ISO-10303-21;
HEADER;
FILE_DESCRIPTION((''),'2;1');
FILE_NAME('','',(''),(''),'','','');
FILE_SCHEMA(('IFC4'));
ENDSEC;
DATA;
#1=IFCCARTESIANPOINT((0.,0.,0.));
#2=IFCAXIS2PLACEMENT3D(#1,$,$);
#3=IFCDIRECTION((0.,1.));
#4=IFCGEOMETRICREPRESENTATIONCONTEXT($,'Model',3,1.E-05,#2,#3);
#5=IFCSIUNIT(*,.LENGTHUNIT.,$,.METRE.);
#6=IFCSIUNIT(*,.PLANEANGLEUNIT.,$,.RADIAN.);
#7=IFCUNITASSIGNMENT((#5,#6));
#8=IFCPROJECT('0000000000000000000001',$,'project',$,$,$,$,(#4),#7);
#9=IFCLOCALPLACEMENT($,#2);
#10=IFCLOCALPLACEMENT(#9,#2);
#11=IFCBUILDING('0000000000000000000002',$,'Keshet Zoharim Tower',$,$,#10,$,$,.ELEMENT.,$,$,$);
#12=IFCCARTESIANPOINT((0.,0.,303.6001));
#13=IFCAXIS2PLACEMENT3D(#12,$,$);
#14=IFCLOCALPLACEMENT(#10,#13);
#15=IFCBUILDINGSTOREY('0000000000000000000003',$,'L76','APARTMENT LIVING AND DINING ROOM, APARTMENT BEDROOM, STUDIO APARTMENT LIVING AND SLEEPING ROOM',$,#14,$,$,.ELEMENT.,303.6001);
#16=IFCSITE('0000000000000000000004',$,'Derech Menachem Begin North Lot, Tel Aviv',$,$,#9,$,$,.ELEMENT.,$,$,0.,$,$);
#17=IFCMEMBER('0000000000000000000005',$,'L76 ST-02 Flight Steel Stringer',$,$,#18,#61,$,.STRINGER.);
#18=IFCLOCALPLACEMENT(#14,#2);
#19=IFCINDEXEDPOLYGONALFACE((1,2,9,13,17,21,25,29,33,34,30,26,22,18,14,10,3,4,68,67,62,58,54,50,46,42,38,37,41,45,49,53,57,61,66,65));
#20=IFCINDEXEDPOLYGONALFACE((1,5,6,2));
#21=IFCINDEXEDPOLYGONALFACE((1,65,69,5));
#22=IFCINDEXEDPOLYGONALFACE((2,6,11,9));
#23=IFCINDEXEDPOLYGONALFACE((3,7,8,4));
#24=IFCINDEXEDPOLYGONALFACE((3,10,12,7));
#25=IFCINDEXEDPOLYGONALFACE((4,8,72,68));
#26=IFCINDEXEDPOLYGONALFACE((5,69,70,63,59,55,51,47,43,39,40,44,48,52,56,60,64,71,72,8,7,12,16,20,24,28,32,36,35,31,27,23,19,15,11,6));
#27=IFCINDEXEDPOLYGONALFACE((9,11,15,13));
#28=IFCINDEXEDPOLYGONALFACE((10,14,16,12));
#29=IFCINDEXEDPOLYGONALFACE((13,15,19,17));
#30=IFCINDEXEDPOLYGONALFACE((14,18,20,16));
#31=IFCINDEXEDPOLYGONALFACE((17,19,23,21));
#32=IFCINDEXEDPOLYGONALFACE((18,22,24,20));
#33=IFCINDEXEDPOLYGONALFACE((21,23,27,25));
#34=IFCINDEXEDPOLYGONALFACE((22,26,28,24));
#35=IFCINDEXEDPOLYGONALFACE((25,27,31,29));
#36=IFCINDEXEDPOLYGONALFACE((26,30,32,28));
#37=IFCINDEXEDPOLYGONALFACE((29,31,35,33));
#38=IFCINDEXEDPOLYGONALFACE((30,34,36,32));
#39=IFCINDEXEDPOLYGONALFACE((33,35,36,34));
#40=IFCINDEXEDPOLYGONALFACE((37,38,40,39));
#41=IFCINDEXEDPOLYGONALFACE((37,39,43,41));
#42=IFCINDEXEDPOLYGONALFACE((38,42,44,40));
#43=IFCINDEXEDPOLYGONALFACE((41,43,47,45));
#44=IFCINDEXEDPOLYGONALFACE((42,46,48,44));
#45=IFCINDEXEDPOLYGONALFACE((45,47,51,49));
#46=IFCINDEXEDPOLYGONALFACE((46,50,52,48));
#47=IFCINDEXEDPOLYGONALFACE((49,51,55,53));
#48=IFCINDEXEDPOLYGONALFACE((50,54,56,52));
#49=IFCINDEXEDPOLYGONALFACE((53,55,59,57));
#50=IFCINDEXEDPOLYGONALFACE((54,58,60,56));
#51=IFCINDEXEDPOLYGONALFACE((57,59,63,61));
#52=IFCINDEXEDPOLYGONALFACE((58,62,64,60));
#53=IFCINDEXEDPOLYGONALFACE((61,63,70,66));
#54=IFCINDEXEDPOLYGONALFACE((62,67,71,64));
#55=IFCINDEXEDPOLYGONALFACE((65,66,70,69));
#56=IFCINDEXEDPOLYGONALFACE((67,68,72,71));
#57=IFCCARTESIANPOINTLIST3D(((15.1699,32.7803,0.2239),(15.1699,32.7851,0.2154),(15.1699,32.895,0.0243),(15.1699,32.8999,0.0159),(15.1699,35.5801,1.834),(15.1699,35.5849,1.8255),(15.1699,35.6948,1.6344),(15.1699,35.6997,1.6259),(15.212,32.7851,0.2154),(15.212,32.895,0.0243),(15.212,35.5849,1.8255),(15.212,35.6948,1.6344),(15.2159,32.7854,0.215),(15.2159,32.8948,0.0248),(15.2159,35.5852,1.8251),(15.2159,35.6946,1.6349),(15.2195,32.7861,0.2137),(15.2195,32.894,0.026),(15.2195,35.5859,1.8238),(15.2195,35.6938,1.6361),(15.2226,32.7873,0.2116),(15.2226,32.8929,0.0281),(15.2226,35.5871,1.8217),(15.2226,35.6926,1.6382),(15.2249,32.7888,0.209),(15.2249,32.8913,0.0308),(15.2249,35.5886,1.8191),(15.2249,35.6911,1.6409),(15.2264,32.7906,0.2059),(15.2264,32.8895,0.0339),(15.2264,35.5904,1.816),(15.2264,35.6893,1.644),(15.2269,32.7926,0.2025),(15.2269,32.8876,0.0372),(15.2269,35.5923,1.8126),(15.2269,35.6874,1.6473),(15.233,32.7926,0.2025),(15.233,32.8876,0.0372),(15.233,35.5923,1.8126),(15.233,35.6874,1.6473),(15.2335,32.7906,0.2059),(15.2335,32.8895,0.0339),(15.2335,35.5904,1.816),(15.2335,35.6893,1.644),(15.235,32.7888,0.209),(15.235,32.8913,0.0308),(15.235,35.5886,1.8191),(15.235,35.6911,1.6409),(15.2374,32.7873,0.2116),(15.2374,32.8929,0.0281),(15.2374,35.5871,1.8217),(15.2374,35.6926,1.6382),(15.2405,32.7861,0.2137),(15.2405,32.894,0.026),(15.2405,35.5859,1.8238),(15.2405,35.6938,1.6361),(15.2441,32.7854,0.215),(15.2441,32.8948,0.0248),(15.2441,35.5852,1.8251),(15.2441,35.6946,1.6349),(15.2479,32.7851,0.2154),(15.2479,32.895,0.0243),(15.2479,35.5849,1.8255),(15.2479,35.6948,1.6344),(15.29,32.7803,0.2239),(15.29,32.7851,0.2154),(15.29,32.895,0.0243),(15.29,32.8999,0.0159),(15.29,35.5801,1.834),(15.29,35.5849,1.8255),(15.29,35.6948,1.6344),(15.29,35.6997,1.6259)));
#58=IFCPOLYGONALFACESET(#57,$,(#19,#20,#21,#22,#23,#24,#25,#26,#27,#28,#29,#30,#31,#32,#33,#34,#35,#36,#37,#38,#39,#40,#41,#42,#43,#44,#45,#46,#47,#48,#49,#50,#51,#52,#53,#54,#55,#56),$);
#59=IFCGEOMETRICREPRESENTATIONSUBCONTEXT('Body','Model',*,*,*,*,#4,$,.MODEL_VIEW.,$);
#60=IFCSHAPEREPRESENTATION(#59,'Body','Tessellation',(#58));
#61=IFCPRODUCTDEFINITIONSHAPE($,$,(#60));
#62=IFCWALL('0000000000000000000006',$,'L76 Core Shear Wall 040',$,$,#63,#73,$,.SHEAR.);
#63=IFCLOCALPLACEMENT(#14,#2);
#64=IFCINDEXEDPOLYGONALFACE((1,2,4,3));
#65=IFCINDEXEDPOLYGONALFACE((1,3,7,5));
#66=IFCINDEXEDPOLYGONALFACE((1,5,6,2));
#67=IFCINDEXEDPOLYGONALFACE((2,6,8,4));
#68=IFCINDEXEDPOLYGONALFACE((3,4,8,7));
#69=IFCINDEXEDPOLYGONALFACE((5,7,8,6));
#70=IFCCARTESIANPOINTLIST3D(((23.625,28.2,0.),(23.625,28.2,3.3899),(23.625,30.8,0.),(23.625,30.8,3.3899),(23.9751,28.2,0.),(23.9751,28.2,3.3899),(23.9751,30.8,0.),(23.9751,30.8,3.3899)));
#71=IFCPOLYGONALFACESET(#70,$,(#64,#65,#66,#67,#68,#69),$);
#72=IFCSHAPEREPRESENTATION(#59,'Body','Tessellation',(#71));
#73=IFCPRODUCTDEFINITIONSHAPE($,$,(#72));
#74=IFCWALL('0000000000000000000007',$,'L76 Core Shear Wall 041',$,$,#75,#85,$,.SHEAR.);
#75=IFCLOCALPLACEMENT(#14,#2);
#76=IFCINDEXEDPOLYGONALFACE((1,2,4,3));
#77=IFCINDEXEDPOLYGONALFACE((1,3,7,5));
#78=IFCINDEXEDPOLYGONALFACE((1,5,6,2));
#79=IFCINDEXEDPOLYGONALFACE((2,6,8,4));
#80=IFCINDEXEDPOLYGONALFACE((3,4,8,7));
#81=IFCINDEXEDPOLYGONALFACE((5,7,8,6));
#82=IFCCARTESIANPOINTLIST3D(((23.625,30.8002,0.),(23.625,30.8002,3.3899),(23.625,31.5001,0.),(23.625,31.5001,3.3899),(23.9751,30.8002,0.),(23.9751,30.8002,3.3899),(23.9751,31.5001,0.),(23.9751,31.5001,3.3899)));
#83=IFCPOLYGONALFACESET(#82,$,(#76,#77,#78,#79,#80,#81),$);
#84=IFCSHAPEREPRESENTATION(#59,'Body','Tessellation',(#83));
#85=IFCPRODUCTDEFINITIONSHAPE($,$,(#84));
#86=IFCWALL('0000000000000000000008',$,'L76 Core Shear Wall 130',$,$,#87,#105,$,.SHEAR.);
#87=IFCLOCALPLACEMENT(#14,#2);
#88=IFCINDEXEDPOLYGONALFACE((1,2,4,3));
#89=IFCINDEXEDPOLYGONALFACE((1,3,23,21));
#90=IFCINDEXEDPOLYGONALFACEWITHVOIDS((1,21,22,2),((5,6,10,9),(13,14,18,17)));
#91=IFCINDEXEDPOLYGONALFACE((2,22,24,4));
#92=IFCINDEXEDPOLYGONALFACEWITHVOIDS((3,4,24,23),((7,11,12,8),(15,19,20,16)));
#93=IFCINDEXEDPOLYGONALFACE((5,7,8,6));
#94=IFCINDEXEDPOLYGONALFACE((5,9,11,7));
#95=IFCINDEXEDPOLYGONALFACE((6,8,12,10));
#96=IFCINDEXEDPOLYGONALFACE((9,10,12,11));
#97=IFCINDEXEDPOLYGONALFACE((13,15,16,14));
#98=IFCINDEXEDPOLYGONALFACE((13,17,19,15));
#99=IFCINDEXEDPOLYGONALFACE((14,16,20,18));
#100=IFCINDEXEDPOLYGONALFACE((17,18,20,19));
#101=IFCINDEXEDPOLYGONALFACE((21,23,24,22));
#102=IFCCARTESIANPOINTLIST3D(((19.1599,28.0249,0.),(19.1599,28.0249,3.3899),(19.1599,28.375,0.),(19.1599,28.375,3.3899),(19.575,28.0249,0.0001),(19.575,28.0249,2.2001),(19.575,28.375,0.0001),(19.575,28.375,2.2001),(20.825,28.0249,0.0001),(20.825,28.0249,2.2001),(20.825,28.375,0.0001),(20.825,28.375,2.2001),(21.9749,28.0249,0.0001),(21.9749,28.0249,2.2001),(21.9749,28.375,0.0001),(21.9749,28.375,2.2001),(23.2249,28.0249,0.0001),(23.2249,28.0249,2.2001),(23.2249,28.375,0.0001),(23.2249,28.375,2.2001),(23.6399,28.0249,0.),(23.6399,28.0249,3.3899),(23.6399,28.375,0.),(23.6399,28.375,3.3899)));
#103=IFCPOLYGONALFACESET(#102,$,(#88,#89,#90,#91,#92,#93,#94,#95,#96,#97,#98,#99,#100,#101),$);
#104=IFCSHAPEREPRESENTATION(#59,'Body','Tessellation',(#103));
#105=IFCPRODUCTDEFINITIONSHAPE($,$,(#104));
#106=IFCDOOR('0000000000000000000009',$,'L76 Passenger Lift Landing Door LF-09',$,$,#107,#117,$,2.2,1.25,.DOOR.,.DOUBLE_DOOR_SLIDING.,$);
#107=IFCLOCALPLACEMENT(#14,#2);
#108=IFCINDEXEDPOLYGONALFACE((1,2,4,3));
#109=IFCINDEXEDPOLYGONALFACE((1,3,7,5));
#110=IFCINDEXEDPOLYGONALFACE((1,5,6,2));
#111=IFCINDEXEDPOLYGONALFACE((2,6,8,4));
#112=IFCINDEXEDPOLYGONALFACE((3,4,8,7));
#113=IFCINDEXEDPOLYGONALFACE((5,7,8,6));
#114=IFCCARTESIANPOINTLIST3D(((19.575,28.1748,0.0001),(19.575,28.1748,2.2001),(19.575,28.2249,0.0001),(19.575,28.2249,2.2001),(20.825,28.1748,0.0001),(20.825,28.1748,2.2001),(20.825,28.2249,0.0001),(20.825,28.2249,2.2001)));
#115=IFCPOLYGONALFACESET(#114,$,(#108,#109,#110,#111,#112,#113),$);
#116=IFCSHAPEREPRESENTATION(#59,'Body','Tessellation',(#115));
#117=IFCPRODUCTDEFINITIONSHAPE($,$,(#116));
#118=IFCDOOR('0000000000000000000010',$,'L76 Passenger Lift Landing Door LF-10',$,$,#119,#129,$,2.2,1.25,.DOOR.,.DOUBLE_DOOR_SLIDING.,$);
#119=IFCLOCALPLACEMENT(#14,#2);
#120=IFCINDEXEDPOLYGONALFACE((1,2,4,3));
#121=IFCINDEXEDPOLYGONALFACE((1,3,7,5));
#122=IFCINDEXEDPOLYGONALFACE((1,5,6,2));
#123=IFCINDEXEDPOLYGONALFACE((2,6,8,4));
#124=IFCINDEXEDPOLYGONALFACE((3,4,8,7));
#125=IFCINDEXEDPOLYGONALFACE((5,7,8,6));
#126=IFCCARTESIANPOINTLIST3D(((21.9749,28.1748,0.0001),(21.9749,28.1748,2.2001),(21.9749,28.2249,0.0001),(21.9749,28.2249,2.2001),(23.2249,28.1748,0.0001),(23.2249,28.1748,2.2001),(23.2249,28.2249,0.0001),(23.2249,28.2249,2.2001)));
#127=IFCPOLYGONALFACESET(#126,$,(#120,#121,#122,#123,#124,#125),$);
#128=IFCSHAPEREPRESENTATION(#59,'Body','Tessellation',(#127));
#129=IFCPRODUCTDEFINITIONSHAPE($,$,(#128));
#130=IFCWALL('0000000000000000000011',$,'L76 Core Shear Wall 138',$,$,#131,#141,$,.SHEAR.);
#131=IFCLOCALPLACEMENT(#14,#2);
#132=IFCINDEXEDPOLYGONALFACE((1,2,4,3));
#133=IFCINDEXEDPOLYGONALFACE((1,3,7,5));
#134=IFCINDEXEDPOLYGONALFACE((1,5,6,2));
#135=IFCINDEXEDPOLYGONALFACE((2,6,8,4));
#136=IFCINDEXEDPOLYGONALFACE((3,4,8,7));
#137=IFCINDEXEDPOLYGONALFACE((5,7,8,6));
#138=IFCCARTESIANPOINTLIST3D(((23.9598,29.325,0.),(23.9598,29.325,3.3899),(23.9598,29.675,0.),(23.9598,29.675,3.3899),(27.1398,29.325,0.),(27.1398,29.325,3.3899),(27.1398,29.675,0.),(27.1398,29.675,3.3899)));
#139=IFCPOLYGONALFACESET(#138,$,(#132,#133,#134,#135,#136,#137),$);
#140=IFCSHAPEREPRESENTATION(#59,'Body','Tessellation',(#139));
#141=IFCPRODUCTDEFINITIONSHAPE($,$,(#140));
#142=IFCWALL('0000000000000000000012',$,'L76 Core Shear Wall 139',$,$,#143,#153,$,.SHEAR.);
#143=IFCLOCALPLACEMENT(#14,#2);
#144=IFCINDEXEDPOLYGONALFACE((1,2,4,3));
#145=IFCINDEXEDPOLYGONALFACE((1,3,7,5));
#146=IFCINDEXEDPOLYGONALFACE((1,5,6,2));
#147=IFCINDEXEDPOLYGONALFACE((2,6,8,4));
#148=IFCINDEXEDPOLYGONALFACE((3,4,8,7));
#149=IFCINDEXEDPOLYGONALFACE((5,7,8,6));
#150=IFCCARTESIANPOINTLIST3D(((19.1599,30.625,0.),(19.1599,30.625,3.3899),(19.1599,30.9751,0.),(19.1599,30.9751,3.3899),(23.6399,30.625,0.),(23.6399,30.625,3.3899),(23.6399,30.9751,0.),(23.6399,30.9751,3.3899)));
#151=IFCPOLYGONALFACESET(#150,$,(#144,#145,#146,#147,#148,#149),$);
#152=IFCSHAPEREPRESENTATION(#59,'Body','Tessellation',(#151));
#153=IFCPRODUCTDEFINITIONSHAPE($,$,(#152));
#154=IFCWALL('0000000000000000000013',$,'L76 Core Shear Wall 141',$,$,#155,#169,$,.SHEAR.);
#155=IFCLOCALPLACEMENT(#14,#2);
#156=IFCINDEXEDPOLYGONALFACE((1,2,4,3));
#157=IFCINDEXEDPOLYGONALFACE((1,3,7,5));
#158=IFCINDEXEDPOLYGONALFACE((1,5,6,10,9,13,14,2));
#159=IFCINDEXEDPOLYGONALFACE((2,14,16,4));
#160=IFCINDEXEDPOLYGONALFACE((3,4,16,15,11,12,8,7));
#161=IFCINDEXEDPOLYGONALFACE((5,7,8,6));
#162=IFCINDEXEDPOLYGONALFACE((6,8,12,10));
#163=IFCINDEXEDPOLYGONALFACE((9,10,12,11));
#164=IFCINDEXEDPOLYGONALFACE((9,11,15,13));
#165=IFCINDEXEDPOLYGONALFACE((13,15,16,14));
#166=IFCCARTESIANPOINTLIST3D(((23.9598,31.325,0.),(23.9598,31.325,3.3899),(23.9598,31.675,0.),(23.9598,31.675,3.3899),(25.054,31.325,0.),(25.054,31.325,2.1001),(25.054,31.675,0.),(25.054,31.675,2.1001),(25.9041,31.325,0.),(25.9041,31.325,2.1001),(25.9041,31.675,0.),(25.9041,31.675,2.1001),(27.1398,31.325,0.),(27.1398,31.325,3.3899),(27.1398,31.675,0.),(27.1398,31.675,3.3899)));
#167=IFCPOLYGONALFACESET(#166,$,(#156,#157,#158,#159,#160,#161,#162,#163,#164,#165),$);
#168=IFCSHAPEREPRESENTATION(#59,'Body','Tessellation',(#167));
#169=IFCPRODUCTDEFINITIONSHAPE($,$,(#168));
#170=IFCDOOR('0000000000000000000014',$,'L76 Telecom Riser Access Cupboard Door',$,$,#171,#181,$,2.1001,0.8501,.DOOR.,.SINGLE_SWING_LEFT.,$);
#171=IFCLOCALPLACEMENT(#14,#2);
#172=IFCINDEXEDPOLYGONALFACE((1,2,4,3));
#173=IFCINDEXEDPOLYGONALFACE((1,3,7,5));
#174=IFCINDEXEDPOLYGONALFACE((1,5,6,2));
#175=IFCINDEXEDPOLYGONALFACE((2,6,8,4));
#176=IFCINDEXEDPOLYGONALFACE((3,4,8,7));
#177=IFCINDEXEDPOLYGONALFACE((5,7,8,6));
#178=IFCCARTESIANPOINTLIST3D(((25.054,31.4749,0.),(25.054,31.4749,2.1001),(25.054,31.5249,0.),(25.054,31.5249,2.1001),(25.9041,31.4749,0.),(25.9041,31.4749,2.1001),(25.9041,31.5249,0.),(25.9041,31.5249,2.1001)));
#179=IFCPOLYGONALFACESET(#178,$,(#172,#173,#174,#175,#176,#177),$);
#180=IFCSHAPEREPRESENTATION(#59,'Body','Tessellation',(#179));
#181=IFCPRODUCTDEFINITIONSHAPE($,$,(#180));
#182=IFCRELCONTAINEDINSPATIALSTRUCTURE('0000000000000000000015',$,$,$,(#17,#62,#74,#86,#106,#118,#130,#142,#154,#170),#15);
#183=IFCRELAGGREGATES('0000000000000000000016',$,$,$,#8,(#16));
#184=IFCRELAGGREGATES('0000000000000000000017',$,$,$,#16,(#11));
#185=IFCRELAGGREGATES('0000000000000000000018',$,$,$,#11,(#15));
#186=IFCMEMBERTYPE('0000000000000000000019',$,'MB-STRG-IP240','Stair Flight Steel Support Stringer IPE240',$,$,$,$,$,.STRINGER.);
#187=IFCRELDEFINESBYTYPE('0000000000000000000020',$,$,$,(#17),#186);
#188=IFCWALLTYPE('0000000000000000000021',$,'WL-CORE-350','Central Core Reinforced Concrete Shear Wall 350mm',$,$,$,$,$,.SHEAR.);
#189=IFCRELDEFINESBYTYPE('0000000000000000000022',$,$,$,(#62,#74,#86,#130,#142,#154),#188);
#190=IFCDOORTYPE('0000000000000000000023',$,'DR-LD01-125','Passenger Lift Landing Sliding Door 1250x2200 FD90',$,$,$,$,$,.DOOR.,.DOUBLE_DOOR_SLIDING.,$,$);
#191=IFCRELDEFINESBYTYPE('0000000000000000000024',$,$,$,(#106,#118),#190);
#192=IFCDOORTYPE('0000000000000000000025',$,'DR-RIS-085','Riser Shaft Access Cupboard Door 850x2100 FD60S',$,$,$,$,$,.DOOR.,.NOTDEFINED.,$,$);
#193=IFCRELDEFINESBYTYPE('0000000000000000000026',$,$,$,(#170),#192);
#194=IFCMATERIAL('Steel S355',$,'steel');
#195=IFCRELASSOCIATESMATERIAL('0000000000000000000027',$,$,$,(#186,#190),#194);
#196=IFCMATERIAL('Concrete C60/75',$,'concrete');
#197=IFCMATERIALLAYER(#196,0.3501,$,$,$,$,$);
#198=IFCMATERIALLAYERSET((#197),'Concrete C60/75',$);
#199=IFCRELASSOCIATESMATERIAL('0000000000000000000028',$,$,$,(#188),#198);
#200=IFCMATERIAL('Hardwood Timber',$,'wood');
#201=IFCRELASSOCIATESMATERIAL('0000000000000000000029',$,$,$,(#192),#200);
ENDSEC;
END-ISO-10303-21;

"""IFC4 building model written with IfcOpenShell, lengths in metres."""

from ifc_helpers import new_model, si_unit, direction, frame, frame_2d, origin, origin_2d, place, context, subcontext, project, spatial, rectangle, i_section, extrude, material, layer, layer_set, material_profile, profile_set, type_object, element, fill, save


model = new_model("IFC4")

# Units and contexts
model_context = context("Model", 3, precision=1e-05, world=origin(), true_north=direction((0.0, 1.0)))
body_context = subcontext(model_context, "Body", "Model", "MODEL_VIEW")
ifc_project = project(units=[si_unit("LENGTHUNIT", "METRE"), si_unit("PLANEANGLEUNIT", "RADIAN")], contexts=[model_context])

# Site, building, storey
site_placement = place(None, origin())
site = spatial("IfcSite", under=ifc_project, at=site_placement, Name="Derech Menachem Begin North Lot, Tel Aviv", CompositionType="ELEMENT", RefElevation=0.0)
building_placement = place(site_placement, origin())
building = spatial("IfcBuilding", under=site, at=building_placement, Name="Keshet Zoharim Tower", CompositionType="ELEMENT")
storey_placement = place(building_placement, frame((0.0, 0.0, 303.6001)))
storey = spatial("IfcBuildingStorey", under=building, at=storey_placement, Name="L76", Description="APARTMENT LIVING AND DINING ROOM, APARTMENT BEDROOM, STUDIO APARTMENT LIVING AND SLEEPING ROOM", CompositionType="ELEMENT", Elevation=303.6001)

# Member
ifc_material_1 = material(Name="Steel S355", Category="steel")
ifc_material_profile = material_profile(ifc_material_1, i_section(OverallWidth=0.1201, OverallDepth=0.24, WebThickness=0.0061, FlangeThickness=0.0098, FilletRadius=0.0149, at=origin_2d()), Name="IPE240")
ifc_profile_set = profile_set([ifc_material_profile], Name="Steel S355")
member_type = type_object("IfcMemberType", Name="MB-STRG-IP240", Description="Stair Flight Steel Support Stringer IPE240", PredefinedType="STRINGER", material=ifc_profile_set)
member_placement = place(storey_placement, frame((15.23, 32.8401, 0.1199), z_axis=(0.0, 0.866877, 0.498522), x_axis=(-1.0, 0.0, 0.0)))
element("IfcMember", 1, at=member_placement, inside=storey, type_object=member_type, Name="L76 ST-02 Flight Steel Stringer", PredefinedType="STRINGER", context=body_context, shape_type="SweptSolid", body=[
    extrude(i_section(OverallWidth=0.1201, OverallDepth=0.24, WebThickness=0.0061, FlangeThickness=0.0098, FilletRadius=0.0149, at=origin_2d()), origin(), (0.0, 0.0, 1.0), 3.2297),
])

# Shared definitions
ifc_material_2 = material(Name="Concrete C60/75", Category="concrete")
ifc_layer_1 = layer(ifc_material_2, 0.3501)
ifc_layer_set_1 = layer_set([ifc_layer_1], Name="Concrete C60/75")
wall_type = type_object("IfcWallType", Name="WL-CORE-350", Description="Central Core Reinforced Concrete Shear Wall 350mm", PredefinedType="SHEAR", material=ifc_layer_set_1)
ifc_material_3 = material(Name="Hardwood Timber", Category="wood")

# Walls
wall_1_placement = place(storey_placement, frame((23.8, 28.2, 0.0), z_axis=(0.0, 0.0, 1.0), x_axis=(0.0, 1.0, 0.0)))
element("IfcWall", 2, at=wall_1_placement, inside=storey, type_object=wall_type, Name="L76 Core Shear Wall 040", PredefinedType="SHEAR", context=body_context, shape_type="SweptSolid", body=[
    extrude(rectangle(XDim=2.6001, YDim=0.3501, at=frame_2d((1.3, 0.0))), origin(), (0.0, 0.0, 1.0), 3.3899),
])
wall_2_placement = place(storey_placement, frame((23.8, 30.8, 0.0), z_axis=(0.0, 0.0, 1.0), x_axis=(0.0, 1.0, 0.0)))
element("IfcWall", 3, at=wall_2_placement, inside=storey, type_object=wall_type, Name="L76 Core Shear Wall 041", PredefinedType="SHEAR", context=body_context, shape_type="SweptSolid", body=[
    extrude(rectangle(XDim=0.7, YDim=0.3501, at=frame_2d((0.3501, 0.0))), origin(), (0.0, 0.0, 1.0), 3.3899),
])

# Wall, openings, doors
wall_3_placement = place(storey_placement, frame((19.1599, 28.2, 0.0), z_axis=(0.0, 0.0, 1.0), x_axis=(1.0, 0.0, 0.0)))
wall_3 = element("IfcWall", 4, at=wall_3_placement, inside=storey, type_object=wall_type, Name="L76 Core Shear Wall 130", PredefinedType="SHEAR", context=body_context, shape_type="SweptSolid", body=[
    extrude(rectangle(XDim=4.48, YDim=0.3501, at=frame_2d((2.24, 0.0))), origin(), (0.0, 0.0, 1.0), 3.3899),
])
opening_1_placement = place(wall_3_placement, frame((0.415, 0.0, 0.0)))
opening_1 = element("IfcOpeningElement", 5, at=opening_1_placement, cuts=wall_3, PredefinedType="OPENING", context=body_context, shape_type="SweptSolid", body=[
    extrude(rectangle(XDim=1.25, YDim=2.2, at=frame_2d((0.625, 1.1001))), frame((0.0, 0.1851, 0.0), z_axis=(0.0, -1.0, 0.0), x_axis=(1.0, 0.0, 0.0)), (0.0, 0.0, 1.0), 0.3701),
])
opening_2_placement = place(wall_3_placement, frame((2.8149, 0.0, 0.0)))
opening_2 = element("IfcOpeningElement", 6, at=opening_2_placement, cuts=wall_3, PredefinedType="OPENING", context=body_context, shape_type="SweptSolid", body=[
    extrude(rectangle(XDim=1.25, YDim=2.2, at=frame_2d((0.625, 1.1001))), frame((0.0, 0.1851, 0.0), z_axis=(0.0, -1.0, 0.0), x_axis=(1.0, 0.0, 0.0)), (0.0, 0.0, 1.0), 0.3701),
])
door_type_1 = type_object("IfcDoorType", Name="DR-LD01-125", Description="Passenger Lift Landing Sliding Door 1250x2200 FD90", OperationType="DOUBLE_DOOR_SLIDING", PredefinedType="DOOR", material=ifc_material_1)
door_1_placement = place(opening_1_placement, origin())
door_1 = element("IfcDoor", 7, at=door_1_placement, inside=storey, type_object=door_type_1, Name="L76 Passenger Lift Landing Door LF-09", OperationType="DOUBLE_DOOR_SLIDING", OverallHeight=2.2, OverallWidth=1.25, PredefinedType="DOOR", context=body_context, shape_type="SweptSolid", body=[
    extrude(rectangle(XDim=1.25, YDim=2.2, at=frame_2d((0.625, 1.1001))), frame((0.0, 0.0249, 0.0), z_axis=(0.0, -1.0, 0.0), x_axis=(1.0, 0.0, 0.0)), (0.0, 0.0, 1.0), 0.05),
])
fill(opening_1, door_1)
door_2_placement = place(opening_2_placement, origin())
door_2 = element("IfcDoor", 8, at=door_2_placement, inside=storey, type_object=door_type_1, Name="L76 Passenger Lift Landing Door LF-10", OperationType="DOUBLE_DOOR_SLIDING", OverallHeight=2.2, OverallWidth=1.25, PredefinedType="DOOR", context=body_context, shape_type="SweptSolid", body=[
    extrude(rectangle(XDim=1.25, YDim=2.2, at=frame_2d((0.625, 1.1001))), frame((0.0, 0.0249, 0.0), z_axis=(0.0, -1.0, 0.0), x_axis=(1.0, 0.0, 0.0)), (0.0, 0.0, 1.0), 0.05),
])
fill(opening_2, door_2)

# Walls
wall_4_placement = place(storey_placement, frame((23.96, 29.5, 0.0), z_axis=(0.0, 0.0, 1.0), x_axis=(1.0, 0.0, 0.0)))
element("IfcWall", 9, at=wall_4_placement, inside=storey, type_object=wall_type, Name="L76 Core Shear Wall 138", PredefinedType="SHEAR", context=body_context, shape_type="SweptSolid", body=[
    extrude(rectangle(XDim=3.1799, YDim=0.3501, at=frame_2d((1.5898, 0.0))), origin(), (0.0, 0.0, 1.0), 3.3899),
])
wall_5_placement = place(storey_placement, frame((19.1599, 30.8, 0.0), z_axis=(0.0, 0.0, 1.0), x_axis=(1.0, 0.0, 0.0)))
element("IfcWall", 10, at=wall_5_placement, inside=storey, type_object=wall_type, Name="L76 Core Shear Wall 139", PredefinedType="SHEAR", context=body_context, shape_type="SweptSolid", body=[
    extrude(rectangle(XDim=4.48, YDim=0.3501, at=frame_2d((2.24, 0.0))), origin(), (0.0, 0.0, 1.0), 3.3899),
])

# Wall, opening, door
wall_6_placement = place(storey_placement, frame((23.96, 31.5, 0.0), z_axis=(0.0, 0.0, 1.0), x_axis=(1.0, 0.0, 0.0)))
wall_6 = element("IfcWall", 11, at=wall_6_placement, inside=storey, type_object=wall_type, Name="L76 Core Shear Wall 141", PredefinedType="SHEAR", context=body_context, shape_type="SweptSolid", body=[
    extrude(rectangle(XDim=3.1799, YDim=0.3501, at=frame_2d((1.5898, 0.0))), origin(), (0.0, 0.0, 1.0), 3.3899),
])
opening_3_placement = place(wall_6_placement, frame((1.094, 0.0, 0.0)))
opening_3 = element("IfcOpeningElement", 12, at=opening_3_placement, cuts=wall_6, PredefinedType="OPENING", context=body_context, shape_type="SweptSolid", body=[
    extrude(rectangle(XDim=0.8501, YDim=2.1001, at=frame_2d((0.425, 1.05))), frame((0.0, 0.1851, 0.0), z_axis=(0.0, -1.0, 0.0), x_axis=(1.0, 0.0, 0.0)), (0.0, 0.0, 1.0), 0.3701),
])
door_type_2 = type_object("IfcDoorType", Name="DR-RIS-085", Description="Riser Shaft Access Cupboard Door 850x2100 FD60S", OperationType="NOTDEFINED", PredefinedType="DOOR", material=ifc_material_3)
door_3_placement = place(opening_3_placement, origin())
door_3 = element("IfcDoor", 13, at=door_3_placement, inside=storey, type_object=door_type_2, Name="L76 Telecom Riser Access Cupboard Door", OperationType="SINGLE_SWING_LEFT", OverallHeight=2.1001, OverallWidth=0.8501, PredefinedType="DOOR", context=body_context, shape_type="SweptSolid", body=[
    extrude(rectangle(XDim=0.8501, YDim=2.1001, at=frame_2d((0.425, 1.05))), frame((0.0, 0.0249, 0.0), z_axis=(0.0, -1.0, 0.0), x_axis=(1.0, 0.0, 0.0)), (0.0, 0.0, 1.0), 0.05),
])
fill(opening_3, door_3)

save(model, "model.ifc")
